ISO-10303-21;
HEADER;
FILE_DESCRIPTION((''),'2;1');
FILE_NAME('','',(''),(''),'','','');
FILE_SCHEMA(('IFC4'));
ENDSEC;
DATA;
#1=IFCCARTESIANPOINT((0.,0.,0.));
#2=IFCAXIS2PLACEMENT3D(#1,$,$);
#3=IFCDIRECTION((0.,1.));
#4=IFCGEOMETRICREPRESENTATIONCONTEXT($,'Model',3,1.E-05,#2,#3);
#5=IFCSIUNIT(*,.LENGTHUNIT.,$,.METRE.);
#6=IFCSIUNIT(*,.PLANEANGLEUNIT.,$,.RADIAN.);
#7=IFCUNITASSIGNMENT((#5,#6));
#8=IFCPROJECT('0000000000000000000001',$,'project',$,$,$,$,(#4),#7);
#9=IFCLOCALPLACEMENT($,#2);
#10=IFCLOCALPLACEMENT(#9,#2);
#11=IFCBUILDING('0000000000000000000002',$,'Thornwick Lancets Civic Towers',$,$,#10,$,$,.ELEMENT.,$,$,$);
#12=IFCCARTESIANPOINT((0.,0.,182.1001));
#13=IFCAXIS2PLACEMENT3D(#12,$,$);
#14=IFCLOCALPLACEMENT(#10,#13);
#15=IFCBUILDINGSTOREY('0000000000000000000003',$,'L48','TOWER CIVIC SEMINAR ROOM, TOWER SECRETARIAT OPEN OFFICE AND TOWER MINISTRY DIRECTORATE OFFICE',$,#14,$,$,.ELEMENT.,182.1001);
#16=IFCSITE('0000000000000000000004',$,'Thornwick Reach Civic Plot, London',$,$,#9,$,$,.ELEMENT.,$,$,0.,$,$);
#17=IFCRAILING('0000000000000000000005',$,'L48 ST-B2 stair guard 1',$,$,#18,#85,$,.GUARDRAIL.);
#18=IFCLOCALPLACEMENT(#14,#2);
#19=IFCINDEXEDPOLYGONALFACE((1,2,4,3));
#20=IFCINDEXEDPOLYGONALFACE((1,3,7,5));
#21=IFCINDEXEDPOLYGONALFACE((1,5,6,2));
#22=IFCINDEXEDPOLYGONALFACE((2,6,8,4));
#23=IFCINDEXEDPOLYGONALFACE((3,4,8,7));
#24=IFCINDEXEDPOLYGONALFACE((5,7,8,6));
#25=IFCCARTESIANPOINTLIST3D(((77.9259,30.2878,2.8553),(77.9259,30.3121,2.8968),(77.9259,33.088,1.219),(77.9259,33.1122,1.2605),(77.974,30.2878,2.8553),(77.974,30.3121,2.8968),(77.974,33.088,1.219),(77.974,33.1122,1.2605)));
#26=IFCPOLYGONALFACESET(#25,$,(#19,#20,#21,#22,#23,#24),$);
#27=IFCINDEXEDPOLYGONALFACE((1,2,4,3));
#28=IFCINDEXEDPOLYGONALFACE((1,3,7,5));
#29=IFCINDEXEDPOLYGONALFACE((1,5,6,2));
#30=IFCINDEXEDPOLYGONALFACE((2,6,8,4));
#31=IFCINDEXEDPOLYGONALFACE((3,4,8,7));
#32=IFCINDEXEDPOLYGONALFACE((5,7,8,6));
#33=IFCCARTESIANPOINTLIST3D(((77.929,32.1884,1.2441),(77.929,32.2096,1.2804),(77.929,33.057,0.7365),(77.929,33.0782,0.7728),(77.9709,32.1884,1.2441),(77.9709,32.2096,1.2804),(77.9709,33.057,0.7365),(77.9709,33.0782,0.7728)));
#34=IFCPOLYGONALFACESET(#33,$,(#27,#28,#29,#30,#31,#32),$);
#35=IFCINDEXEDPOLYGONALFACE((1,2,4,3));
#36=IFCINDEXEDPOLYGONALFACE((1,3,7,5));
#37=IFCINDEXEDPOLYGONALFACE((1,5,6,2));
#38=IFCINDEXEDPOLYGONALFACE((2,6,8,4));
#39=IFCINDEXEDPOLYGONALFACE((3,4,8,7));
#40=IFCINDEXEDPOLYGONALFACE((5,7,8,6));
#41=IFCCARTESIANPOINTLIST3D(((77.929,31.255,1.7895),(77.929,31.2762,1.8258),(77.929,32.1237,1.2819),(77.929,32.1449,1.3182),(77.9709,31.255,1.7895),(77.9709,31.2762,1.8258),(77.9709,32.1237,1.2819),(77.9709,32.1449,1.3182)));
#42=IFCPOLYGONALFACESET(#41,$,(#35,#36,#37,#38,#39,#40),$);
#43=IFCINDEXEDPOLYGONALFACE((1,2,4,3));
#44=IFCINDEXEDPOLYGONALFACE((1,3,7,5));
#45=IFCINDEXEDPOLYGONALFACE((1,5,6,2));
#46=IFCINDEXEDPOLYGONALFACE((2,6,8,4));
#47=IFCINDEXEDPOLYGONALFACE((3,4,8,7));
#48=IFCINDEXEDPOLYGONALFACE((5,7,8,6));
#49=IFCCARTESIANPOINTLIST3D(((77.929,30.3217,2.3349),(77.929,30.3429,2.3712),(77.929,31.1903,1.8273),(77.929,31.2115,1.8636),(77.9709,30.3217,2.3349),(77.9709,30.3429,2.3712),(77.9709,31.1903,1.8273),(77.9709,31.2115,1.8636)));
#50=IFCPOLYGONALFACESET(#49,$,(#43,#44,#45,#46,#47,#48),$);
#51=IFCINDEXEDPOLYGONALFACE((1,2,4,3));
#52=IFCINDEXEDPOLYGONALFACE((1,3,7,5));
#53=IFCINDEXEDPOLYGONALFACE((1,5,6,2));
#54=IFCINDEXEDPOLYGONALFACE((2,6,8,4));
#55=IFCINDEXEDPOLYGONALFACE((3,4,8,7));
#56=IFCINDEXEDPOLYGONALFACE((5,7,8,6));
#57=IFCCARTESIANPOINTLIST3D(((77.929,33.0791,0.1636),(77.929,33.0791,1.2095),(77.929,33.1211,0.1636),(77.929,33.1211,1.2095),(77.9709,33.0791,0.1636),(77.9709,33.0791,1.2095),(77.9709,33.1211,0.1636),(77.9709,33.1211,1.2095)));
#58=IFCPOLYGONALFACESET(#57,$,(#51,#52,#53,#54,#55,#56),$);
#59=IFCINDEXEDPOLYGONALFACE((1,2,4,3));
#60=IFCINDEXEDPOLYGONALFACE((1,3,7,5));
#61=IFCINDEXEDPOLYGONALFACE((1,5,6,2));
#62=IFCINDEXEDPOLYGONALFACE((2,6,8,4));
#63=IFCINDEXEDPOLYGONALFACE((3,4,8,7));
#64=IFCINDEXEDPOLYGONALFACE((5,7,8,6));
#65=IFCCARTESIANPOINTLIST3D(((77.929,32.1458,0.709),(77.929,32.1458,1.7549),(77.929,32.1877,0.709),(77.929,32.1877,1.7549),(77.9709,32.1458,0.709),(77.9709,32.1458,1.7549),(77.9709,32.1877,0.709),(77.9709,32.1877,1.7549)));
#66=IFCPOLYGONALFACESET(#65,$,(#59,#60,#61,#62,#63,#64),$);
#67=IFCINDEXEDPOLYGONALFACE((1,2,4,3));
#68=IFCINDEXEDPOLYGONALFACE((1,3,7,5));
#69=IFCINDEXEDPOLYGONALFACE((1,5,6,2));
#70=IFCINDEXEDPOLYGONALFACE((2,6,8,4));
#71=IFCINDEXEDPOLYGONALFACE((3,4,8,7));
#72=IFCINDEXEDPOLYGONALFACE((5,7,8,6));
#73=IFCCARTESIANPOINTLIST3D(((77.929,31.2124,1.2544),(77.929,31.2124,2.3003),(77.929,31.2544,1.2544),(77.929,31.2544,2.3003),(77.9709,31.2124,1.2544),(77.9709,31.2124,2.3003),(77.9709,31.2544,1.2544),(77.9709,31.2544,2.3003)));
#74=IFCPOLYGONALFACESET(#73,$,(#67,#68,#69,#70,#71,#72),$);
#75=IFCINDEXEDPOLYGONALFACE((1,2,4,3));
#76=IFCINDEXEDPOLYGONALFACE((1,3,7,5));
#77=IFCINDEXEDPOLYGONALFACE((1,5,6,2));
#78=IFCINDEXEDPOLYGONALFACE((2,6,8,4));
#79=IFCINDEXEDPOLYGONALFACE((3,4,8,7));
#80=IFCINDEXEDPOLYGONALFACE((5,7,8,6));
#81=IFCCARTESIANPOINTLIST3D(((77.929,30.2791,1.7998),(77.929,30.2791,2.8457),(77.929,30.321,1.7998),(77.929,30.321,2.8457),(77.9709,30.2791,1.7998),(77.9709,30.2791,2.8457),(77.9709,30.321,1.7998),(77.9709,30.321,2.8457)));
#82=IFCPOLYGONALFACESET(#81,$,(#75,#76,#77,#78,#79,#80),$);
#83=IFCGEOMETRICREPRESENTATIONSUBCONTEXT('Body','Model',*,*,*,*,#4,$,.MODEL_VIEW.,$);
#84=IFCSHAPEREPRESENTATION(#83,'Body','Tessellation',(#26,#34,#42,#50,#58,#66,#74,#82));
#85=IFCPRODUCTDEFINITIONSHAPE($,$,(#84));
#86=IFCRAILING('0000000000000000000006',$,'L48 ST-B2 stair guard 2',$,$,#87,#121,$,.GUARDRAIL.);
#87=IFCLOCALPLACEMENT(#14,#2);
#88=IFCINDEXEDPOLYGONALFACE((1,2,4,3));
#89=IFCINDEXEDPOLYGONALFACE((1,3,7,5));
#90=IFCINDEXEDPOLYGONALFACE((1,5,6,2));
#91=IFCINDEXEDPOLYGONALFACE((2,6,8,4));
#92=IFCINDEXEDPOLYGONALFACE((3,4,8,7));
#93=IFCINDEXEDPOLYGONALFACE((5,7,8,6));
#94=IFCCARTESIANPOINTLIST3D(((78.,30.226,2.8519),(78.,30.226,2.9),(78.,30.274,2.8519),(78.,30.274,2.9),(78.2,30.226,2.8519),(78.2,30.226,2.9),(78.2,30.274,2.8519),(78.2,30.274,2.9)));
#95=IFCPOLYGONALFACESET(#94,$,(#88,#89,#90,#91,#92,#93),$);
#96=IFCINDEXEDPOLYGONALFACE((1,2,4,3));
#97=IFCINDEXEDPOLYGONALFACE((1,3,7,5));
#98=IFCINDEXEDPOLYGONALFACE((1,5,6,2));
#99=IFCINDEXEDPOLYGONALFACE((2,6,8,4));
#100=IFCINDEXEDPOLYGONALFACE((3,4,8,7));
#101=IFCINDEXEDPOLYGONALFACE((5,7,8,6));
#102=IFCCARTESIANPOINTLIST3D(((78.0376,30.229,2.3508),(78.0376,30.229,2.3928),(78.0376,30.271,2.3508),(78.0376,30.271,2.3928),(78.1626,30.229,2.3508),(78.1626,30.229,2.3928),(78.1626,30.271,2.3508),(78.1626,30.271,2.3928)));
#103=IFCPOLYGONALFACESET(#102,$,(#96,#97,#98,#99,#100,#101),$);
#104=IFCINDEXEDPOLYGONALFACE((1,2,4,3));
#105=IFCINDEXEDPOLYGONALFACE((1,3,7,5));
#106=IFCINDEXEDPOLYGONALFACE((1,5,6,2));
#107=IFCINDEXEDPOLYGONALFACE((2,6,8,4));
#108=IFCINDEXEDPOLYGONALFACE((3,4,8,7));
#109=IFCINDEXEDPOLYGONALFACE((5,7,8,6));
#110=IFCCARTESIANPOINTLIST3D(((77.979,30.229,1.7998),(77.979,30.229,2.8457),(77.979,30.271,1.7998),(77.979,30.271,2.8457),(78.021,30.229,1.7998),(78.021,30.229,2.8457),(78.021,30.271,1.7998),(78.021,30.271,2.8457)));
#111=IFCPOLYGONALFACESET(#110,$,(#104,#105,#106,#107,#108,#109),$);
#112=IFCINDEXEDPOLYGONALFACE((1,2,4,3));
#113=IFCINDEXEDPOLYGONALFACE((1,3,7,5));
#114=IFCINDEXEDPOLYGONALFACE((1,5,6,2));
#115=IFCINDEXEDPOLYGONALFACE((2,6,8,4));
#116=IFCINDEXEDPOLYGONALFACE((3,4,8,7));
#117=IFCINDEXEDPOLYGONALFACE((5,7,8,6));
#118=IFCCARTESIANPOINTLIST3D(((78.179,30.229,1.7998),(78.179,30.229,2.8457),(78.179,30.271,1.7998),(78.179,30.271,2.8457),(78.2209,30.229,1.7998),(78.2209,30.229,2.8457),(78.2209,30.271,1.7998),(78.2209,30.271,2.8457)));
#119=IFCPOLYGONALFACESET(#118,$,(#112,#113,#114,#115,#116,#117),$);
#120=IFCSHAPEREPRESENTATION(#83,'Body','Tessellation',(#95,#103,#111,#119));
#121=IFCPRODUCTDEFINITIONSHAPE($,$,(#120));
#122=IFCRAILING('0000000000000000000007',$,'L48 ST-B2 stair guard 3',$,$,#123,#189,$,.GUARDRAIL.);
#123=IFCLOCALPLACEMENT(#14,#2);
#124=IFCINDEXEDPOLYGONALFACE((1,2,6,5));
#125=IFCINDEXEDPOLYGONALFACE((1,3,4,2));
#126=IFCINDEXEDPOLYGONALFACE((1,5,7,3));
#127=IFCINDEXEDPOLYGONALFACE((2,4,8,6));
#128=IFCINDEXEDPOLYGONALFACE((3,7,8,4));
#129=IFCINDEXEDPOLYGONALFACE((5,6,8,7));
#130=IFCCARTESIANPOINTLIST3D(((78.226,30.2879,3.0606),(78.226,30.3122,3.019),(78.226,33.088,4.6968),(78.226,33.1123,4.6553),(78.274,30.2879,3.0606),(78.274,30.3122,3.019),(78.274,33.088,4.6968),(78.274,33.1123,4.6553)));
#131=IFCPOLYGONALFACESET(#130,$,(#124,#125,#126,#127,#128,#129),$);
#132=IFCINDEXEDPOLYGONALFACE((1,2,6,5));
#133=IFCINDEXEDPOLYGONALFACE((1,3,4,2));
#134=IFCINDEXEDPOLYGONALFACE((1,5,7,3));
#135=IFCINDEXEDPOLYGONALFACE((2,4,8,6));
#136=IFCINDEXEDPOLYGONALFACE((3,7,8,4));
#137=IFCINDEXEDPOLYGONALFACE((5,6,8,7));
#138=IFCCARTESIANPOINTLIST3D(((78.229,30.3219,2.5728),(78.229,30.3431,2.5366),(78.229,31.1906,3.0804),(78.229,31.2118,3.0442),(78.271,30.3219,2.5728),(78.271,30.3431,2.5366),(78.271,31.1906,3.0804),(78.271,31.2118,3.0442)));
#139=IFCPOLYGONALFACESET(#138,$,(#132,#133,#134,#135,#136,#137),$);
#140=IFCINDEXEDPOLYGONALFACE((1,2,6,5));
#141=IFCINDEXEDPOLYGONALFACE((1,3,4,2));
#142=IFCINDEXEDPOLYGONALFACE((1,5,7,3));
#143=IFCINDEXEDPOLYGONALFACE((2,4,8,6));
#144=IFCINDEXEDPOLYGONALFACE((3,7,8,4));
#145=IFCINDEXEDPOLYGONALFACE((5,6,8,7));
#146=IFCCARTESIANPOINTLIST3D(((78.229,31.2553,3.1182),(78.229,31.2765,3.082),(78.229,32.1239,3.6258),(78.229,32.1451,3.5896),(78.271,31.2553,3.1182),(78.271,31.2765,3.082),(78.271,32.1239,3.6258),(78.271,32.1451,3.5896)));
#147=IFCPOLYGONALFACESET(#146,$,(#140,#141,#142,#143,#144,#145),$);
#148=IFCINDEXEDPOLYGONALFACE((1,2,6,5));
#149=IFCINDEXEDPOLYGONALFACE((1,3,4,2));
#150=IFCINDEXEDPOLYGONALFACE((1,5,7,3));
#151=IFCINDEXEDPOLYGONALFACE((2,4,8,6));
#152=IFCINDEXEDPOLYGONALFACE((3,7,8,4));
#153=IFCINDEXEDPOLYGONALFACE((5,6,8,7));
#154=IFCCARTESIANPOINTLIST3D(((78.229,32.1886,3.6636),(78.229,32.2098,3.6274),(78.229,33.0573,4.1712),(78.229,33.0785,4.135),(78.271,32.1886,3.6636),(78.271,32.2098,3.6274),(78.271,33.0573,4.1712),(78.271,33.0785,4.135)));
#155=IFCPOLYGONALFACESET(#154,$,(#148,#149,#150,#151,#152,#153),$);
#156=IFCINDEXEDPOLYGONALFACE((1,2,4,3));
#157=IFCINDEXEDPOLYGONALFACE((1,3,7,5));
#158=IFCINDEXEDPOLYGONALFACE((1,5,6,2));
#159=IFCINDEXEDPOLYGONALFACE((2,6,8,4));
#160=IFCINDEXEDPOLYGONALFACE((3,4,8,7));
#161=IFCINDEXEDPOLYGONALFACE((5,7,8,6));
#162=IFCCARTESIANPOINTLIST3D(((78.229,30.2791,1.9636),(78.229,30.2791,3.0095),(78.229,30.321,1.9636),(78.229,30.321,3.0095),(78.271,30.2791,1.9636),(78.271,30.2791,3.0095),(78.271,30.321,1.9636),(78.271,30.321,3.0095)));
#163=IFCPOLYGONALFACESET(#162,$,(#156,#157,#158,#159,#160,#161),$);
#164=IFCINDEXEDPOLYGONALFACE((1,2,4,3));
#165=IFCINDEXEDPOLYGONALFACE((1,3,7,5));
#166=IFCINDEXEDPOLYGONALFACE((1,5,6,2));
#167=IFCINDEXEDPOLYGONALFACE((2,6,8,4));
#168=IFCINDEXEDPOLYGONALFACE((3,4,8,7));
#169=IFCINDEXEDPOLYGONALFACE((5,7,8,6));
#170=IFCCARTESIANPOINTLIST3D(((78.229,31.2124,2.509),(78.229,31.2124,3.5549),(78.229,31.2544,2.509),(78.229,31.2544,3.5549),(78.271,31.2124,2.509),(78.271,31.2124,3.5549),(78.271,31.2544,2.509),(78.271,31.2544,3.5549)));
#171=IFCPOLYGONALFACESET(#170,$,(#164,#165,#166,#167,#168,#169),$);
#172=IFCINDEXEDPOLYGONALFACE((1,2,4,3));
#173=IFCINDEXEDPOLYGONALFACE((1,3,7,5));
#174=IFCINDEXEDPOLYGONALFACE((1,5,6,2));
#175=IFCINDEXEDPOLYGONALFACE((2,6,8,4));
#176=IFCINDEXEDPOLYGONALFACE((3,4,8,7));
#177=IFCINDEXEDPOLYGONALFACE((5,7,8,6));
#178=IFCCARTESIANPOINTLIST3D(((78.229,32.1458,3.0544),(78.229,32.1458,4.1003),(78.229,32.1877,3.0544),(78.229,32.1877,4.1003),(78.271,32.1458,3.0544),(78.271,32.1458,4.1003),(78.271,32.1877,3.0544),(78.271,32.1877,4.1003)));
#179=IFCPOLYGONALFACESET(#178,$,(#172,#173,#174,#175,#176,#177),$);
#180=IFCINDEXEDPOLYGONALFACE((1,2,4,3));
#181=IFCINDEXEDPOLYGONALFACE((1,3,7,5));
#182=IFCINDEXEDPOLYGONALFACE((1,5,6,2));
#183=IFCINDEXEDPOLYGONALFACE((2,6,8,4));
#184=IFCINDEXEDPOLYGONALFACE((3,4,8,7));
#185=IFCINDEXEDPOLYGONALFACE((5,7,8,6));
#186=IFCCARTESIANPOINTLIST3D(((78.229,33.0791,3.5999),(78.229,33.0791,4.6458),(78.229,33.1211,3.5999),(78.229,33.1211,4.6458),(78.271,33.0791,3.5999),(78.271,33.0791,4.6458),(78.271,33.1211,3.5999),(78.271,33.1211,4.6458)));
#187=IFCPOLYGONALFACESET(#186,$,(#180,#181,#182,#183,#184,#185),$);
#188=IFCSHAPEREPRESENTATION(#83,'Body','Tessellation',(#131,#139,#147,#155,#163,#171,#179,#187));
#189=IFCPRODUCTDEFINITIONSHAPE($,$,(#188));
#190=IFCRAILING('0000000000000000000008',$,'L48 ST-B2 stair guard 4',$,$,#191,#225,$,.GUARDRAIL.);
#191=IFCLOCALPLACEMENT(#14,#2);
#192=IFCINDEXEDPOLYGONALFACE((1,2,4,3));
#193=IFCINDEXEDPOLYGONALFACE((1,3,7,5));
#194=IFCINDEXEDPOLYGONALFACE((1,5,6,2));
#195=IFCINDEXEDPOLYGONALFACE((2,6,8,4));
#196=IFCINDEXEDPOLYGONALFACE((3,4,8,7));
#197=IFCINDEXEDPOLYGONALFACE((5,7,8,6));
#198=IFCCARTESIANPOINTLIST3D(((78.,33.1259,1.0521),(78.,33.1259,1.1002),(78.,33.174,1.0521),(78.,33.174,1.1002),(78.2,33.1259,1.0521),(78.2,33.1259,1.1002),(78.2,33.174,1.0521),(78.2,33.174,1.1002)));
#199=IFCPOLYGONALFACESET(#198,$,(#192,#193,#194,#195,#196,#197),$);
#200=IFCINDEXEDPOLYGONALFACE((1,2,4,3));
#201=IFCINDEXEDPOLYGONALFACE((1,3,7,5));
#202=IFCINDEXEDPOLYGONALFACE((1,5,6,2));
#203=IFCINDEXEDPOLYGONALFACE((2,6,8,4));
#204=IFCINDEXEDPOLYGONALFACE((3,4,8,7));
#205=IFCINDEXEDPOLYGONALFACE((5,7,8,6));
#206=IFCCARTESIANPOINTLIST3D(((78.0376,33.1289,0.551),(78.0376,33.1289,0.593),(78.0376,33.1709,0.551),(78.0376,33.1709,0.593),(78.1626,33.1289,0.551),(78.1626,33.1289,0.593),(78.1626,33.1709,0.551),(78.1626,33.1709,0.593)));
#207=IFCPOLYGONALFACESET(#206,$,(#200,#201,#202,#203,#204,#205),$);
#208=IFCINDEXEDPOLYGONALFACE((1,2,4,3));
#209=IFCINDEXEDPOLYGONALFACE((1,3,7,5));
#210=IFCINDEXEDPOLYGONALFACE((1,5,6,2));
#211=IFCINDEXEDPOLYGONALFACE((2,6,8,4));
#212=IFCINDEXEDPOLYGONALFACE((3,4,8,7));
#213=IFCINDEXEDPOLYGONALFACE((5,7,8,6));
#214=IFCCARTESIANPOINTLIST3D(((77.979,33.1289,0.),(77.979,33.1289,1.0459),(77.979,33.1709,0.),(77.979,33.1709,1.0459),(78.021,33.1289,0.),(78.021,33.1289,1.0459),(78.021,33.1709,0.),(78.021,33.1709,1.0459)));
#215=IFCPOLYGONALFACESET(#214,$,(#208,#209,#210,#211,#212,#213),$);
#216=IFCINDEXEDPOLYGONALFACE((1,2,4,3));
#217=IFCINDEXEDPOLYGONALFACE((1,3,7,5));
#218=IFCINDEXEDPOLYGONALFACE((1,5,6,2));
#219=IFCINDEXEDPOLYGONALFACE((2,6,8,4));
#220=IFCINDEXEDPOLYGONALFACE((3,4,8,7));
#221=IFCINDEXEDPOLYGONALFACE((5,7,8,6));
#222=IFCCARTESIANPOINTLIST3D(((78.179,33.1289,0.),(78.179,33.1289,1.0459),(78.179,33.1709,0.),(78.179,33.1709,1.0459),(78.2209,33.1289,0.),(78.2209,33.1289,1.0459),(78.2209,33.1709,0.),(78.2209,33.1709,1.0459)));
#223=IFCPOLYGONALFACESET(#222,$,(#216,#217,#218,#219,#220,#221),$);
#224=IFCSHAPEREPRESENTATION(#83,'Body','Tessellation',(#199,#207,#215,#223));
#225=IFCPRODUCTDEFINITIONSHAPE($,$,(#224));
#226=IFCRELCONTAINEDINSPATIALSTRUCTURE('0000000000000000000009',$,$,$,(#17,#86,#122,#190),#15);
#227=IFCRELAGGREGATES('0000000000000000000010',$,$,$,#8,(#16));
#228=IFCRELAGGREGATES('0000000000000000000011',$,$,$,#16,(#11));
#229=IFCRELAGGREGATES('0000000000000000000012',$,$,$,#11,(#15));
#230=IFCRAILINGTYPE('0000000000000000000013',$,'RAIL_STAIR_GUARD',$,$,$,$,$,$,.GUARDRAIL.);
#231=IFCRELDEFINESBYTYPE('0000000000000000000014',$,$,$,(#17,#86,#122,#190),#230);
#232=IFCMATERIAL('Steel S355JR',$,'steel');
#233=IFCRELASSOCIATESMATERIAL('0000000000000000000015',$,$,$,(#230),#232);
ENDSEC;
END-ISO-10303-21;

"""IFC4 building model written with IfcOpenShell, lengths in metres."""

from ifc_helpers import new_model, si_unit, direction, frame, origin, origin_2d, place, context, subcontext, project, spatial, rectangle, extrude, material, type_object, element, save


model = new_model("IFC4")

# Units and contexts
model_context = context("Model", 3, precision=1e-05, world=origin(), true_north=direction((0.0, 1.0)))
body_context = subcontext(model_context, "Body", "Model", "MODEL_VIEW")
ifc_project = project(units=[si_unit("LENGTHUNIT", "METRE"), si_unit("PLANEANGLEUNIT", "RADIAN")], contexts=[model_context])

# Site, building, storey
site_placement = place(None, origin())
site = spatial("IfcSite", under=ifc_project, at=site_placement, Name="Thornwick Reach Civic Plot, London", CompositionType="ELEMENT", RefElevation=0.0)
building_placement = place(site_placement, origin())
building = spatial("IfcBuilding", under=site, at=building_placement, Name="Thornwick Lancets Civic Towers", CompositionType="ELEMENT")
storey_placement = place(building_placement, frame((0.0, 0.0, 182.1001)))
storey = spatial("IfcBuildingStorey", under=building, at=storey_placement, Name="L48", Description="TOWER CIVIC SEMINAR ROOM, TOWER SECRETARIAT OPEN OFFICE AND TOWER MINISTRY DIRECTORATE OFFICE", CompositionType="ELEMENT", Elevation=182.1001)

# Railings
ifc_material_1 = material(Name="Steel S355JR", Category="steel")
railing_type_1 = type_object("IfcRailingType", Name="RAIL_STAIR_GUARD", PredefinedType="GUARDRAIL", material=ifc_material_1)
railing_1_placement = place(storey_placement, frame((77.95, 33.1001, 0.1636)))
element("IfcRailing", 1, at=railing_1_placement, inside=storey, type_object=railing_type_1, Name="L48 ST-B2 stair guard 1", PredefinedType="GUARDRAIL", context=body_context, shape_type="SweptSolid", body=[
    extrude(rectangle(XDim=0.0481, YDim=0.0481, at=origin_2d()), frame((0.0, 0.0, 1.0762), z_axis=(0.0, -0.863394, 0.504531), x_axis=(1.0, 0.0, 0.0)), (0.0, 0.0, 1.0), 3.2432),
    extrude(rectangle(XDim=0.042, YDim=0.042, at=origin_2d()), frame((0.0, -0.0325, 0.5911), z_axis=(0.0, -0.863394, 0.504531), x_axis=(1.0, 0.0, 0.0)), (0.0, 0.0, 1.0), 1.0061),
    extrude(rectangle(XDim=0.042, YDim=0.042, at=origin_2d()), frame((0.0, -0.9658, 1.1365), z_axis=(0.0, -0.863394, 0.504531), x_axis=(1.0, 0.0, 0.0)), (0.0, 0.0, 1.0), 1.0061),
    extrude(rectangle(XDim=0.042, YDim=0.042, at=origin_2d()), frame((0.0, -1.8992, 1.6819), z_axis=(0.0, -0.863394, 0.504531), x_axis=(1.0, 0.0, 0.0)), (0.0, 0.0, 1.0), 1.0061),
    extrude(rectangle(XDim=0.042, YDim=0.042, at=origin_2d()), origin(), (0.0, 0.0, 1.0), 1.0459),
    extrude(rectangle(XDim=0.042, YDim=0.042, at=origin_2d()), frame((0.0, -0.9333, 0.5454)), (0.0, 0.0, 1.0), 1.0459),
    extrude(rectangle(XDim=0.042, YDim=0.042, at=origin_2d()), frame((0.0, -1.8667, 1.0908)), (0.0, 0.0, 1.0), 1.0459),
    extrude(rectangle(XDim=0.042, YDim=0.042, at=origin_2d()), frame((0.0, -2.8, 1.6362)), (0.0, 0.0, 1.0), 1.0459),
])
railing_2_placement = place(storey_placement, frame((78.0, 30.25, 1.7998)))
element("IfcRailing", 2, at=railing_2_placement, inside=storey, type_object=railing_type_1, Name="L48 ST-B2 stair guard 2", PredefinedType="GUARDRAIL", context=body_context, shape_type="SweptSolid", body=[
    extrude(rectangle(XDim=0.0481, YDim=0.0481, at=origin_2d()), frame((0.0, 0.0, 1.0762), z_axis=(1.0, 0.0, 0.0), x_axis=(0.0, 1.0, 0.0)), (0.0, 0.0, 1.0), 0.2),
    extrude(rectangle(XDim=0.042, YDim=0.042, at=origin_2d()), frame((0.0376, 0.0, 0.572), z_axis=(1.0, 0.0, 0.0), x_axis=(0.0, 1.0, 0.0)), (0.0, 0.0, 1.0), 0.125),
    extrude(rectangle(XDim=0.042, YDim=0.042, at=origin_2d()), origin(), (0.0, 0.0, 1.0), 1.0459),
    extrude(rectangle(XDim=0.042, YDim=0.042, at=origin_2d()), frame((0.2, 0.0, 0.0)), (0.0, 0.0, 1.0), 1.0459),
])
railing_3_placement = place(storey_placement, frame((78.25, 30.3, 1.9636)))
element("IfcRailing", 3, at=railing_3_placement, inside=storey, type_object=railing_type_1, Name="L48 ST-B2 stair guard 3", PredefinedType="GUARDRAIL", context=body_context, shape_type="SweptSolid", body=[
    extrude(rectangle(XDim=0.0481, YDim=0.0481, at=origin_2d()), frame((0.0, 0.0, 1.0762), z_axis=(0.0, 0.863394, 0.504531), x_axis=(-1.0, 0.0, 0.0)), (0.0, 0.0, 1.0), 3.2432),
    extrude(rectangle(XDim=0.042, YDim=0.042, at=origin_2d()), frame((0.0, 0.0325, 0.5911), z_axis=(0.0, 0.863394, 0.504531), x_axis=(-1.0, 0.0, 0.0)), (0.0, 0.0, 1.0), 1.0061),
    extrude(rectangle(XDim=0.042, YDim=0.042, at=origin_2d()), frame((0.0, 0.9658, 1.1365), z_axis=(0.0, 0.863394, 0.504531), x_axis=(-1.0, 0.0, 0.0)), (0.0, 0.0, 1.0), 1.0061),
    extrude(rectangle(XDim=0.042, YDim=0.042, at=origin_2d()), frame((0.0, 1.8992, 1.6819), z_axis=(0.0, 0.863394, 0.504531), x_axis=(-1.0, 0.0, 0.0)), (0.0, 0.0, 1.0), 1.0061),
    extrude(rectangle(XDim=0.042, YDim=0.042, at=origin_2d()), origin(), (0.0, 0.0, 1.0), 1.0459),
    extrude(rectangle(XDim=0.042, YDim=0.042, at=origin_2d()), frame((0.0, 0.9333, 0.5454)), (0.0, 0.0, 1.0), 1.0459),
    extrude(rectangle(XDim=0.042, YDim=0.042, at=origin_2d()), frame((0.0, 1.8667, 1.0908)), (0.0, 0.0, 1.0), 1.0459),
    extrude(rectangle(XDim=0.042, YDim=0.042, at=origin_2d()), frame((0.0, 2.8, 1.6362)), (0.0, 0.0, 1.0), 1.0459),
])
railing_4_placement = place(storey_placement, frame((78.0, 33.1499, 0.0)))
element("IfcRailing", 4, at=railing_4_placement, inside=storey, type_object=railing_type_1, Name="L48 ST-B2 stair guard 4", PredefinedType="GUARDRAIL", context=body_context, shape_type="SweptSolid", body=[
    extrude(rectangle(XDim=0.0481, YDim=0.0481, at=origin_2d()), frame((0.0, 0.0, 1.0762), z_axis=(1.0, 0.0, 0.0), x_axis=(0.0, 1.0, 0.0)), (0.0, 0.0, 1.0), 0.2),
    extrude(rectangle(XDim=0.042, YDim=0.042, at=origin_2d()), frame((0.0376, 0.0, 0.572), z_axis=(1.0, 0.0, 0.0), x_axis=(0.0, 1.0, 0.0)), (0.0, 0.0, 1.0), 0.125),
    extrude(rectangle(XDim=0.042, YDim=0.042, at=origin_2d()), origin(), (0.0, 0.0, 1.0), 1.0459),
    extrude(rectangle(XDim=0.042, YDim=0.042, at=origin_2d()), frame((0.2, 0.0, 0.0)), (0.0, 0.0, 1.0), 1.0459),
])

save(model, "model.ifc")
